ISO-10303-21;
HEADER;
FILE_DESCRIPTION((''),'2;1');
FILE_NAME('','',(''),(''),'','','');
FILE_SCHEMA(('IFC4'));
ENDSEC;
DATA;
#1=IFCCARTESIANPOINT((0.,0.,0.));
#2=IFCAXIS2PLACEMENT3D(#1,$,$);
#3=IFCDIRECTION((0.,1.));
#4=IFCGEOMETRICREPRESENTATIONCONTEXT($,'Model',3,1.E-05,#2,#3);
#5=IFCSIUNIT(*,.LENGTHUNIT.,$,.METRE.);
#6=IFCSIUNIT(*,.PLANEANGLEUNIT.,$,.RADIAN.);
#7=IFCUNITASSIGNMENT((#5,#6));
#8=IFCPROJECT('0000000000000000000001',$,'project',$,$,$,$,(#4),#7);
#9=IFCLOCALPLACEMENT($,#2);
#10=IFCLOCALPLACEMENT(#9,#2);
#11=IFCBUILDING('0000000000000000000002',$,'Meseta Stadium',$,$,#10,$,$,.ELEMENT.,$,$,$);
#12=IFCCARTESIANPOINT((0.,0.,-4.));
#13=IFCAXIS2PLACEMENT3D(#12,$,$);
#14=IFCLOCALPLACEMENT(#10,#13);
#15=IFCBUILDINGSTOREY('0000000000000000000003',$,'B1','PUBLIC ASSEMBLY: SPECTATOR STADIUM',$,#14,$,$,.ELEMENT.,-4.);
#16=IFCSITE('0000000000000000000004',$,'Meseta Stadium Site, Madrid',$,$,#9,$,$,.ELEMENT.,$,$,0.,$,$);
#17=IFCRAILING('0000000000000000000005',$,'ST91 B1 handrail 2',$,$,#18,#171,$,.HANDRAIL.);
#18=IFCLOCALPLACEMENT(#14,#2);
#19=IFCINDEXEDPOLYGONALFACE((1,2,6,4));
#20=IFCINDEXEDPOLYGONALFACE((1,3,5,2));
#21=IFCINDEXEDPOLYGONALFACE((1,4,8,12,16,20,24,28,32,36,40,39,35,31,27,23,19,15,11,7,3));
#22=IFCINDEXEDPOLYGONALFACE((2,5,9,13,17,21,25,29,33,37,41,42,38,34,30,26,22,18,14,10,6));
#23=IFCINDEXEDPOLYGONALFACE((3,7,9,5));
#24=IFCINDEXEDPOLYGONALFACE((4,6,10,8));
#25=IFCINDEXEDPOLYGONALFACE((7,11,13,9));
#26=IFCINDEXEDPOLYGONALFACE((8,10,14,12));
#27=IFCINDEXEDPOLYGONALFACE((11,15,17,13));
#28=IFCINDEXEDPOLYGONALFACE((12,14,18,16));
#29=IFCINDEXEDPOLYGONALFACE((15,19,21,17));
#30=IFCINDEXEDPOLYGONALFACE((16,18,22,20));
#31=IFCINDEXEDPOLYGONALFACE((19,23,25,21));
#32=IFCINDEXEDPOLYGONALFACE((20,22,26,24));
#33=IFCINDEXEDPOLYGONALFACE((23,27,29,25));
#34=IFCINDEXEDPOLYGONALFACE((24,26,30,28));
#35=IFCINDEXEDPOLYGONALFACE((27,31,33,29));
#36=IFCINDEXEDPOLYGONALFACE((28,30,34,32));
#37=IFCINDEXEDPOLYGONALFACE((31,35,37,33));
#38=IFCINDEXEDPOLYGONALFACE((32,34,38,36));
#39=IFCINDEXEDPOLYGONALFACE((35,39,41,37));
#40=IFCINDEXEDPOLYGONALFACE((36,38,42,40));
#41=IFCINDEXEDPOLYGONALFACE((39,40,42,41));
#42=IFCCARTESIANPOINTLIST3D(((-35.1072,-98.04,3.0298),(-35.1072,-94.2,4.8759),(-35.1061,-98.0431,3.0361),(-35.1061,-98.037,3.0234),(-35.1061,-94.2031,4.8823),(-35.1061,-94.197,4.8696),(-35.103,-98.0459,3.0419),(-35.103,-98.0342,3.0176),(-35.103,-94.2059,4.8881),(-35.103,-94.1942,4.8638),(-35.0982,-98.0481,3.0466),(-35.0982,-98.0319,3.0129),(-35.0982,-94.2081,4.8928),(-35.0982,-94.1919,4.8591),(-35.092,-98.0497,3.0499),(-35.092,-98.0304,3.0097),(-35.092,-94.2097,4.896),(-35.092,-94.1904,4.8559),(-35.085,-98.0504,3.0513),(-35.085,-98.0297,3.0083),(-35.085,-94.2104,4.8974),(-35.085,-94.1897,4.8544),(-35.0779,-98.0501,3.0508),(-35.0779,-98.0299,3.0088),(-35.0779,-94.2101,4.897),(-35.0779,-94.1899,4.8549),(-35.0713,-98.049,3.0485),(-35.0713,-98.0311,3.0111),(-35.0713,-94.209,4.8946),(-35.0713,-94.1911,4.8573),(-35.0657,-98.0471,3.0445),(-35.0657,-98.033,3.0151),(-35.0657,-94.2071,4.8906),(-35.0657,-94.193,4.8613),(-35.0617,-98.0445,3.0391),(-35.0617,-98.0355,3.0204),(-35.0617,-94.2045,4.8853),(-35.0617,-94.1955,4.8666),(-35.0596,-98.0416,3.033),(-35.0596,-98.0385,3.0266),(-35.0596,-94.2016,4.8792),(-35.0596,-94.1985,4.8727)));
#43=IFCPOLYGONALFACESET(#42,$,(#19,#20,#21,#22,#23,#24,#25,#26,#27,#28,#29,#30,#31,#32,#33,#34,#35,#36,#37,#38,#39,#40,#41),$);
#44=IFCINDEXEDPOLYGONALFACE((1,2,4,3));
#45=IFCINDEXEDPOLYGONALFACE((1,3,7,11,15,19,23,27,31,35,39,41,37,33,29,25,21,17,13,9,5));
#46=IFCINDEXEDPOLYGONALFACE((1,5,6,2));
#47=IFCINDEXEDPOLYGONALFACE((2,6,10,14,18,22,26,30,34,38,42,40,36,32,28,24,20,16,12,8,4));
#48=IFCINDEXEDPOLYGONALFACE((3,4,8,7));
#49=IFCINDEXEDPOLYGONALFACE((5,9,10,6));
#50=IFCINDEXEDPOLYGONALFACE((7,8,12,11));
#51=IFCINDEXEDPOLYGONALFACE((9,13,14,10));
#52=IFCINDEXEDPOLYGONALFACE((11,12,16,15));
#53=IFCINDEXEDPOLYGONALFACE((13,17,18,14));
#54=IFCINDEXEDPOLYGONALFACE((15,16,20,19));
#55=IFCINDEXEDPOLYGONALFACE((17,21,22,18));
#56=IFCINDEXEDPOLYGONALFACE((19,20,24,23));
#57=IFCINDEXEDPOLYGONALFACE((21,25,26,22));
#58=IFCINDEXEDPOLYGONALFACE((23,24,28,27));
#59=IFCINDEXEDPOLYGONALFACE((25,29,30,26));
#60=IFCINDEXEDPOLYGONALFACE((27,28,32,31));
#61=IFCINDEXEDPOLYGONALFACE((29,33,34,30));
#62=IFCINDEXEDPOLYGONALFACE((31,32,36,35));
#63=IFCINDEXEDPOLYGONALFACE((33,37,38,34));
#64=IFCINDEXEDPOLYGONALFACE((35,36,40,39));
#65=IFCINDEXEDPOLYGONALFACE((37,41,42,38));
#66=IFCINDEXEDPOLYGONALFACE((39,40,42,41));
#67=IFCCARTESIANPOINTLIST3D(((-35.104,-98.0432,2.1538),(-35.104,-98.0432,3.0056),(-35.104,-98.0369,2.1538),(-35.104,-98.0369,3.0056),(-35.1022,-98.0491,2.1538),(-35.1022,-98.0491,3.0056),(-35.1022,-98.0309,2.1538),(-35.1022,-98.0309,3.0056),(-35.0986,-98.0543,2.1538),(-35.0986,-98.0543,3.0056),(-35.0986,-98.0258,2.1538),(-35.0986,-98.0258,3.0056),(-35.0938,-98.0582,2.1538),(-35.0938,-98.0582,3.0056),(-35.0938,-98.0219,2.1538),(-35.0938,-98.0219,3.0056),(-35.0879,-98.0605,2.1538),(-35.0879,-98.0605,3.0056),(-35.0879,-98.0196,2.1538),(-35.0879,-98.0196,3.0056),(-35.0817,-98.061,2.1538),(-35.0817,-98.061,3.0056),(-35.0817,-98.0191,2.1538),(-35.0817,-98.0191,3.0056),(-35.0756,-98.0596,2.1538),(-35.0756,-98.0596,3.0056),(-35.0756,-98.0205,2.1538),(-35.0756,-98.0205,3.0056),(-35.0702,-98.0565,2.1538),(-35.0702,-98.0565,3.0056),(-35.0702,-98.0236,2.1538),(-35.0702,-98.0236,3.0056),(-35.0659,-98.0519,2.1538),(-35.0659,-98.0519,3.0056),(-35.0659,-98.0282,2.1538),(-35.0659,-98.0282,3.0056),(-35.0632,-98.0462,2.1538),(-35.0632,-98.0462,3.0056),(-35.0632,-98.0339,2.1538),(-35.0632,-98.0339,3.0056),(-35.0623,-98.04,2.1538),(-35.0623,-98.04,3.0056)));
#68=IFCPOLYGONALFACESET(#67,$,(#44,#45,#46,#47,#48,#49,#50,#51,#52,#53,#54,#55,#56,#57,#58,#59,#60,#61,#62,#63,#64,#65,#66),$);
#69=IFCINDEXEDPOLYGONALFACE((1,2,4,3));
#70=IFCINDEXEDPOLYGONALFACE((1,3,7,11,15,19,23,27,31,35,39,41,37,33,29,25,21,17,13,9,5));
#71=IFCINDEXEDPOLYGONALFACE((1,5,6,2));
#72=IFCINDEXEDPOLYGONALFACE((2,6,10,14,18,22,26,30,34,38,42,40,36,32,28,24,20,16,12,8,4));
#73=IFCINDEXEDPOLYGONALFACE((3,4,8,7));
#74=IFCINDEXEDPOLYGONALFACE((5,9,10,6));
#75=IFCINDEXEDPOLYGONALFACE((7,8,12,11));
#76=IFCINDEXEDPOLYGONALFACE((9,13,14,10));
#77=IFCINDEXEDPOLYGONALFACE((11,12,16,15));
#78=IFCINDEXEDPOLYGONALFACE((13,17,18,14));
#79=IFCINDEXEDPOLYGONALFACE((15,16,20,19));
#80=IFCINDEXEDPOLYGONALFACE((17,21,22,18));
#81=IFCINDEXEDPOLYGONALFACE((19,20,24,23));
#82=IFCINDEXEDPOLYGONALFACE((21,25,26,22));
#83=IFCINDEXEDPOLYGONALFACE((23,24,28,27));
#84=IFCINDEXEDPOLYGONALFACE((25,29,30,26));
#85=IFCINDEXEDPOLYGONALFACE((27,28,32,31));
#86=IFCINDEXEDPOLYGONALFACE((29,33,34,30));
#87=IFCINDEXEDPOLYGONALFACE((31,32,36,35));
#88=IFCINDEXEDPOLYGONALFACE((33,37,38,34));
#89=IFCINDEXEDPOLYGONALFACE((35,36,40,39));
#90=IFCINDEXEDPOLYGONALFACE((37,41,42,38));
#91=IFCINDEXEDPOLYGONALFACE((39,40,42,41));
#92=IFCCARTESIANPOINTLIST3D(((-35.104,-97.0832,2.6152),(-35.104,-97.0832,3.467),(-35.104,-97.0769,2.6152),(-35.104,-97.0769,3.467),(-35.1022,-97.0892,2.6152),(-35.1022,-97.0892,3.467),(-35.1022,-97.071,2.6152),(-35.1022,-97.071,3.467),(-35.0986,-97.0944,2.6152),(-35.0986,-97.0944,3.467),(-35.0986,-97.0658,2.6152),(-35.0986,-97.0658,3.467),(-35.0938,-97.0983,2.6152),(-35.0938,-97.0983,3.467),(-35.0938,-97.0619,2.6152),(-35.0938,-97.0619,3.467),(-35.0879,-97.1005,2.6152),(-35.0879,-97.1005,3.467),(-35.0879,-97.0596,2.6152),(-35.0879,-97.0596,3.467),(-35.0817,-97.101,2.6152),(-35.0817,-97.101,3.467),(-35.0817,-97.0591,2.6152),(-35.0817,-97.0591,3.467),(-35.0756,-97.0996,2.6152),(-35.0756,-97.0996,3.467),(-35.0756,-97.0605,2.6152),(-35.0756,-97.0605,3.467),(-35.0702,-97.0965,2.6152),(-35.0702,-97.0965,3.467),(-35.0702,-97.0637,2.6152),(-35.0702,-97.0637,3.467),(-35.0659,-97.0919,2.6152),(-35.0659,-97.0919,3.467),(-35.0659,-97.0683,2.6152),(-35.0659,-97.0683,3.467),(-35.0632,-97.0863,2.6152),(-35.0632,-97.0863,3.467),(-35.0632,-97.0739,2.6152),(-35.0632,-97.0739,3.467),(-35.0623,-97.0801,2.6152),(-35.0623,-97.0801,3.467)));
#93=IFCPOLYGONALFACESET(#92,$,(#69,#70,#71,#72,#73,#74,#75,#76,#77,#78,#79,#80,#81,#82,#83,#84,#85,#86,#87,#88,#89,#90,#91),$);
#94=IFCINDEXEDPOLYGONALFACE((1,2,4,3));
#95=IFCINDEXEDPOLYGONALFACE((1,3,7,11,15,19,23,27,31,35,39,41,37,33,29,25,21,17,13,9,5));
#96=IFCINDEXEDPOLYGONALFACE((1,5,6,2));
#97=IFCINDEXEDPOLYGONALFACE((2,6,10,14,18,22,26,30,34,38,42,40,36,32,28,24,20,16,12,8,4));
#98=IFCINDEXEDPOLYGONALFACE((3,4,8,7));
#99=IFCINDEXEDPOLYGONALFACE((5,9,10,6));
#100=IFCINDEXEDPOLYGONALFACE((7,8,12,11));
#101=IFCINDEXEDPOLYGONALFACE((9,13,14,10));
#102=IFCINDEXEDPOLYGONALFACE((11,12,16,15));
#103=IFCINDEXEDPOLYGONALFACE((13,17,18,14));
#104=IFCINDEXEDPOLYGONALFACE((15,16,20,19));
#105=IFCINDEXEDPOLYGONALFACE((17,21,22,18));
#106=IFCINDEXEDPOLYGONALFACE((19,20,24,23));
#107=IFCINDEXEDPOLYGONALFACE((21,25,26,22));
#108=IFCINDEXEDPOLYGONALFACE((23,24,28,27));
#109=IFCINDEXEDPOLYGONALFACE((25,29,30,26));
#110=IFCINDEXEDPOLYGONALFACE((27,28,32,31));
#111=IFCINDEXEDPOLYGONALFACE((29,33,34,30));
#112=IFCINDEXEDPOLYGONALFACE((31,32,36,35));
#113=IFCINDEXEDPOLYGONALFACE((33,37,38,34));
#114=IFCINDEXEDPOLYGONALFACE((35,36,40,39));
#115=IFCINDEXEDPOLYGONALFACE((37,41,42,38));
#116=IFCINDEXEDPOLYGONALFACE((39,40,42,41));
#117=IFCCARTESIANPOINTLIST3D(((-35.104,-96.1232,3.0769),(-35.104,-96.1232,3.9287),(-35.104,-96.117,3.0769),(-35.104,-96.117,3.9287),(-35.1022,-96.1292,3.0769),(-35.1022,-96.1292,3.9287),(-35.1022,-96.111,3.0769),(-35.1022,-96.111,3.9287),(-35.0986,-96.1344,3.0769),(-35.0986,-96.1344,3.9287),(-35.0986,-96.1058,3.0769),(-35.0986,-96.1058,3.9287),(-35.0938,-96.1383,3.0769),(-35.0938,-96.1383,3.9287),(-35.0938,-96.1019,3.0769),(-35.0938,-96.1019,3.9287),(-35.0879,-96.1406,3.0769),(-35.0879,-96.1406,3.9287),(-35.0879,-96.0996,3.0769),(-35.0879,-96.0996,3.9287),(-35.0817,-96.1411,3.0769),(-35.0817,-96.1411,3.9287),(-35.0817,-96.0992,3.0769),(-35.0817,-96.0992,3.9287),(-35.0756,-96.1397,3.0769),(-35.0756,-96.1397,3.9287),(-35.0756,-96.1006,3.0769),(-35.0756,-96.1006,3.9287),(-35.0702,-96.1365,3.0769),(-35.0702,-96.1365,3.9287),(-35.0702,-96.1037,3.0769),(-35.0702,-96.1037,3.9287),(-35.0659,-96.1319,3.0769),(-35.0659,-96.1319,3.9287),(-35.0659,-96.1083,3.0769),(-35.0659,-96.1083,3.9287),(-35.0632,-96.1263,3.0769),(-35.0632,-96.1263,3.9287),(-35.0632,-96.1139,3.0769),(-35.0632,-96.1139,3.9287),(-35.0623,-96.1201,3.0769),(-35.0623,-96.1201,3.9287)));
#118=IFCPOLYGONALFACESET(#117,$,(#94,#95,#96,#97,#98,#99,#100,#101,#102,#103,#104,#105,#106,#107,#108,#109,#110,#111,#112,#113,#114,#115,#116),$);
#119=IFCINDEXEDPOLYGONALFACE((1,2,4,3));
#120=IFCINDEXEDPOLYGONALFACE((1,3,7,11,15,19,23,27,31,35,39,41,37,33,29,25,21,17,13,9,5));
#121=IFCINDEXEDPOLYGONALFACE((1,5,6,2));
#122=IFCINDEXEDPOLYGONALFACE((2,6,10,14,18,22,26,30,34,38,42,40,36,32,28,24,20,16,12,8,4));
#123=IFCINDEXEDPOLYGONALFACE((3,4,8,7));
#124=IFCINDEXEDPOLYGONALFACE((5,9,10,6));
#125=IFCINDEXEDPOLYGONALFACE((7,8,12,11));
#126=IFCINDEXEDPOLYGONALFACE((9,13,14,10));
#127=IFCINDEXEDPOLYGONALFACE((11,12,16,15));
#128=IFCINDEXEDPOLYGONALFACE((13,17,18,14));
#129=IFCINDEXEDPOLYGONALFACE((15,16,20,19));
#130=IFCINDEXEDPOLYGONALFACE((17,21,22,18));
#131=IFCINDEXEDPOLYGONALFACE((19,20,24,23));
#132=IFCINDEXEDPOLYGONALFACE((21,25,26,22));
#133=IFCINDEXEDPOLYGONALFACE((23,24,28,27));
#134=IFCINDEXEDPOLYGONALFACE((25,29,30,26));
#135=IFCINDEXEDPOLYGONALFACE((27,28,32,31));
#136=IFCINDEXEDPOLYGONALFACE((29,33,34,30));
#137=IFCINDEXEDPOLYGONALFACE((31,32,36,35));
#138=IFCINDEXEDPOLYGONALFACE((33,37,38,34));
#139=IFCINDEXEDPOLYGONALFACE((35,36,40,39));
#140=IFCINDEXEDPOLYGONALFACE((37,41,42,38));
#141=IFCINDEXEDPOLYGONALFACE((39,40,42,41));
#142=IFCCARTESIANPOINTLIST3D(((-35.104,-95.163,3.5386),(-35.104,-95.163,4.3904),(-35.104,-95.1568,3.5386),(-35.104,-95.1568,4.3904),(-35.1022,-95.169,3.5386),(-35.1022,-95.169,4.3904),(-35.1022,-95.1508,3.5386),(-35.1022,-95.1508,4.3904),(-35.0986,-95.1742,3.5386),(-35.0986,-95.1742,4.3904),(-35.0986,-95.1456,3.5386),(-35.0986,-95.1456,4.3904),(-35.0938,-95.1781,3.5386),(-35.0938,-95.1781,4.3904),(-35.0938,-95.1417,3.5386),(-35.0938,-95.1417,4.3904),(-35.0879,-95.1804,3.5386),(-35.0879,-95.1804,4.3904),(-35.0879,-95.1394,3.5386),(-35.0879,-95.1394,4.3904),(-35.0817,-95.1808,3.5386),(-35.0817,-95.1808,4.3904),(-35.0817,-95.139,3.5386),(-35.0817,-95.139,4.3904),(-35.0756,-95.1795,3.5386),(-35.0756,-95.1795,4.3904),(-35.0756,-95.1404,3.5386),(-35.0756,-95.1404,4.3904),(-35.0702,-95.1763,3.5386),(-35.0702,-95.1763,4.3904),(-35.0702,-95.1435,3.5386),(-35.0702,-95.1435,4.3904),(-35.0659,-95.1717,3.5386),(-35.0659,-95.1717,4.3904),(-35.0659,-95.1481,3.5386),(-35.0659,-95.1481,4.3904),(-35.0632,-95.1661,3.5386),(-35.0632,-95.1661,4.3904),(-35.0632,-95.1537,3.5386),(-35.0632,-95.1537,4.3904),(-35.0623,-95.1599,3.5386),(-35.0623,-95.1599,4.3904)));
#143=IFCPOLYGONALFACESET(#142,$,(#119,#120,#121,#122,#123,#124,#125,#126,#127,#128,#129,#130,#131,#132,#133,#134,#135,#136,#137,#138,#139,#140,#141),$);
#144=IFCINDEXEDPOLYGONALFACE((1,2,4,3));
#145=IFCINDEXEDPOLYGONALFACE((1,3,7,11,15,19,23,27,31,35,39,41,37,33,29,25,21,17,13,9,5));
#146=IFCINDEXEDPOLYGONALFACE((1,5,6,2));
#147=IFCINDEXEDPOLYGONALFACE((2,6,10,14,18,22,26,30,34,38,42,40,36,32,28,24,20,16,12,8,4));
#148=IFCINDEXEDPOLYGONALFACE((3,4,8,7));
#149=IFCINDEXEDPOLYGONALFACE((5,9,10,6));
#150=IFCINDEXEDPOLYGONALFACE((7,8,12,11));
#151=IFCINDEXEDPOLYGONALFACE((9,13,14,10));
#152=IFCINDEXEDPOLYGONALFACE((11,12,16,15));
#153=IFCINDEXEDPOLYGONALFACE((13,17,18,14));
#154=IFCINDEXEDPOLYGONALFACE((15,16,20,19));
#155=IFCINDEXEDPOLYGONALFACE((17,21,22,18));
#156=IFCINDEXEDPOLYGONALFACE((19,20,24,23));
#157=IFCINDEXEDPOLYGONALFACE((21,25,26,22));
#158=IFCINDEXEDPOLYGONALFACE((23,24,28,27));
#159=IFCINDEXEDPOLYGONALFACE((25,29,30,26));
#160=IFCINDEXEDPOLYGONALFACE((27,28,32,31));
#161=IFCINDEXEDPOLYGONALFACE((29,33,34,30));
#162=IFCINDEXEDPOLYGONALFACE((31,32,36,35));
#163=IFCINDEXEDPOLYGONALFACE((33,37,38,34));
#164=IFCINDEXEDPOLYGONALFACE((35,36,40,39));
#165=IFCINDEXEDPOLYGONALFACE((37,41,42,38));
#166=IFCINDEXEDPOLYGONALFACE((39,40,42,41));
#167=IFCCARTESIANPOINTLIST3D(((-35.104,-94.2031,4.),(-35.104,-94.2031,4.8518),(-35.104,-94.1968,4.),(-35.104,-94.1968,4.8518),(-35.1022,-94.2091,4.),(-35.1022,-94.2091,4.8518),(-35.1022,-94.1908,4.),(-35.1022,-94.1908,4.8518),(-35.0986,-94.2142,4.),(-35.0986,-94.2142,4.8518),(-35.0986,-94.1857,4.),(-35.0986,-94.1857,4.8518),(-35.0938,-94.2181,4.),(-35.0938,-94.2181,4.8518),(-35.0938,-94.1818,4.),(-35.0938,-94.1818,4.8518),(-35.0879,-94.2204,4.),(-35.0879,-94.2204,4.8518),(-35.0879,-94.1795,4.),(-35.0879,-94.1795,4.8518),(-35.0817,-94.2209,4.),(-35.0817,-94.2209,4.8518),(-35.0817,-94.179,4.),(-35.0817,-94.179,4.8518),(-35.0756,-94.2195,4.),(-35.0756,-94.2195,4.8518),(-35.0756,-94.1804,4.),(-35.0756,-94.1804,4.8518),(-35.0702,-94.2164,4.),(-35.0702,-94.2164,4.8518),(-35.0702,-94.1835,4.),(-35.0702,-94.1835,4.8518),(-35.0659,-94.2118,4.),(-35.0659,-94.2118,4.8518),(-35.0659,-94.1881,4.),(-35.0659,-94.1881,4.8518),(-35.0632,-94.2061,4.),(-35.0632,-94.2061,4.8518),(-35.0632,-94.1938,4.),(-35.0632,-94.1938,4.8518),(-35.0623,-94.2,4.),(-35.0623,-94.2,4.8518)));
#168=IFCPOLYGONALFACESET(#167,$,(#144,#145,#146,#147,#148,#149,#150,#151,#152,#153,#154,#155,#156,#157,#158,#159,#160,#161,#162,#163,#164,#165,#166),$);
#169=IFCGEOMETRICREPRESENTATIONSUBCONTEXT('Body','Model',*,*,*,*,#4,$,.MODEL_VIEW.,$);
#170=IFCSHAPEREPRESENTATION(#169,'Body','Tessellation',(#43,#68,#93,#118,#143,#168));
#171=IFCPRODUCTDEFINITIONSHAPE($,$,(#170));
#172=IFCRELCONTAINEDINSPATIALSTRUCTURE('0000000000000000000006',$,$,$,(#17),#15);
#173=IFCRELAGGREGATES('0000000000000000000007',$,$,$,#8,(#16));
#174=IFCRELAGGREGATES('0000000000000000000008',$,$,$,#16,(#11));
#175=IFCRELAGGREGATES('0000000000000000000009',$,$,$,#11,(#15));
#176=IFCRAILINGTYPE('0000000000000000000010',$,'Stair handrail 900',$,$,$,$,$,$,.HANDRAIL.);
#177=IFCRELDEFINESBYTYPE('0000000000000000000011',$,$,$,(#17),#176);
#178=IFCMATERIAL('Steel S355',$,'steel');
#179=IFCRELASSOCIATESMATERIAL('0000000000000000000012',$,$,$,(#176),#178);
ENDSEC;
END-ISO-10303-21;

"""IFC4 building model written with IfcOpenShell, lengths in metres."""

from ifc_helpers import new_model, si_unit, direction, frame, origin, origin_2d, place, context, subcontext, project, spatial, circle, extrude, material, type_object, element, save


model = new_model("IFC4")

# Units and contexts
model_context = context("Model", 3, precision=1e-05, world=origin(), true_north=direction((0.0, 1.0)))
body_context = subcontext(model_context, "Body", "Model", "MODEL_VIEW")
ifc_project = project(units=[si_unit("LENGTHUNIT", "METRE"), si_unit("PLANEANGLEUNIT", "RADIAN")], contexts=[model_context])

# Site, building, storey
site_placement = place(None, origin())
site = spatial("IfcSite", under=ifc_project, at=site_placement, Name="Meseta Stadium Site, Madrid", CompositionType="ELEMENT", RefElevation=0.0)
building_placement = place(site_placement, origin())
building = spatial("IfcBuilding", under=site, at=building_placement, Name="Meseta Stadium", CompositionType="ELEMENT")
storey_placement = place(building_placement, frame((0.0, 0.0, -4.0)))
storey = spatial("IfcBuildingStorey", under=building, at=storey_placement, Name="B1", Description="PUBLIC ASSEMBLY: SPECTATOR STADIUM", CompositionType="ELEMENT", Elevation=-4.0)

# Railing
ifc_material_1 = material(Name="Steel S355", Category="steel")
railing_type_1 = type_object("IfcRailingType", Name="Stair handrail 900", PredefinedType="HANDRAIL", material=ifc_material_1)
for number, where, name in (
    (1, (-35.0833, -98.04, 2.1538), "ST91 B1 handrail 2"),
):
    element("IfcRailing", number, at=place(storey_placement, frame(where)), inside=storey, type_object=railing_type_1, Name=name, PredefinedType="HANDRAIL", context=body_context, shape_type="SweptSolid", body=[
        extrude(circle(Radius=0.0239, at=origin_2d()), frame((0.0, 0.0, 0.876), z_axis=(0.0, 0.901253, 0.433294), x_axis=(-1.0, 0.0, 0.0)), (0.0, 0.0, 1.0), 4.2607),
        extrude(circle(Radius=0.021, at=origin_2d()), origin(), (0.0, 0.0, 1.0), 0.8518),
        extrude(circle(Radius=0.021, at=origin_2d()), frame((0.0, 0.96, 0.4614)), (0.0, 0.0, 1.0), 0.8518),
        extrude(circle(Radius=0.021, at=origin_2d()), frame((0.0, 1.9199, 0.9231)), (0.0, 0.0, 1.0), 0.8518),
        extrude(circle(Radius=0.021, at=origin_2d()), frame((0.0, 2.8801, 1.3848)), (0.0, 0.0, 1.0), 0.8518),
        extrude(circle(Radius=0.021, at=origin_2d()), frame((0.0, 3.8401, 1.8462)), (0.0, 0.0, 1.0), 0.8518),
    ])

save(model, "model.ifc")
